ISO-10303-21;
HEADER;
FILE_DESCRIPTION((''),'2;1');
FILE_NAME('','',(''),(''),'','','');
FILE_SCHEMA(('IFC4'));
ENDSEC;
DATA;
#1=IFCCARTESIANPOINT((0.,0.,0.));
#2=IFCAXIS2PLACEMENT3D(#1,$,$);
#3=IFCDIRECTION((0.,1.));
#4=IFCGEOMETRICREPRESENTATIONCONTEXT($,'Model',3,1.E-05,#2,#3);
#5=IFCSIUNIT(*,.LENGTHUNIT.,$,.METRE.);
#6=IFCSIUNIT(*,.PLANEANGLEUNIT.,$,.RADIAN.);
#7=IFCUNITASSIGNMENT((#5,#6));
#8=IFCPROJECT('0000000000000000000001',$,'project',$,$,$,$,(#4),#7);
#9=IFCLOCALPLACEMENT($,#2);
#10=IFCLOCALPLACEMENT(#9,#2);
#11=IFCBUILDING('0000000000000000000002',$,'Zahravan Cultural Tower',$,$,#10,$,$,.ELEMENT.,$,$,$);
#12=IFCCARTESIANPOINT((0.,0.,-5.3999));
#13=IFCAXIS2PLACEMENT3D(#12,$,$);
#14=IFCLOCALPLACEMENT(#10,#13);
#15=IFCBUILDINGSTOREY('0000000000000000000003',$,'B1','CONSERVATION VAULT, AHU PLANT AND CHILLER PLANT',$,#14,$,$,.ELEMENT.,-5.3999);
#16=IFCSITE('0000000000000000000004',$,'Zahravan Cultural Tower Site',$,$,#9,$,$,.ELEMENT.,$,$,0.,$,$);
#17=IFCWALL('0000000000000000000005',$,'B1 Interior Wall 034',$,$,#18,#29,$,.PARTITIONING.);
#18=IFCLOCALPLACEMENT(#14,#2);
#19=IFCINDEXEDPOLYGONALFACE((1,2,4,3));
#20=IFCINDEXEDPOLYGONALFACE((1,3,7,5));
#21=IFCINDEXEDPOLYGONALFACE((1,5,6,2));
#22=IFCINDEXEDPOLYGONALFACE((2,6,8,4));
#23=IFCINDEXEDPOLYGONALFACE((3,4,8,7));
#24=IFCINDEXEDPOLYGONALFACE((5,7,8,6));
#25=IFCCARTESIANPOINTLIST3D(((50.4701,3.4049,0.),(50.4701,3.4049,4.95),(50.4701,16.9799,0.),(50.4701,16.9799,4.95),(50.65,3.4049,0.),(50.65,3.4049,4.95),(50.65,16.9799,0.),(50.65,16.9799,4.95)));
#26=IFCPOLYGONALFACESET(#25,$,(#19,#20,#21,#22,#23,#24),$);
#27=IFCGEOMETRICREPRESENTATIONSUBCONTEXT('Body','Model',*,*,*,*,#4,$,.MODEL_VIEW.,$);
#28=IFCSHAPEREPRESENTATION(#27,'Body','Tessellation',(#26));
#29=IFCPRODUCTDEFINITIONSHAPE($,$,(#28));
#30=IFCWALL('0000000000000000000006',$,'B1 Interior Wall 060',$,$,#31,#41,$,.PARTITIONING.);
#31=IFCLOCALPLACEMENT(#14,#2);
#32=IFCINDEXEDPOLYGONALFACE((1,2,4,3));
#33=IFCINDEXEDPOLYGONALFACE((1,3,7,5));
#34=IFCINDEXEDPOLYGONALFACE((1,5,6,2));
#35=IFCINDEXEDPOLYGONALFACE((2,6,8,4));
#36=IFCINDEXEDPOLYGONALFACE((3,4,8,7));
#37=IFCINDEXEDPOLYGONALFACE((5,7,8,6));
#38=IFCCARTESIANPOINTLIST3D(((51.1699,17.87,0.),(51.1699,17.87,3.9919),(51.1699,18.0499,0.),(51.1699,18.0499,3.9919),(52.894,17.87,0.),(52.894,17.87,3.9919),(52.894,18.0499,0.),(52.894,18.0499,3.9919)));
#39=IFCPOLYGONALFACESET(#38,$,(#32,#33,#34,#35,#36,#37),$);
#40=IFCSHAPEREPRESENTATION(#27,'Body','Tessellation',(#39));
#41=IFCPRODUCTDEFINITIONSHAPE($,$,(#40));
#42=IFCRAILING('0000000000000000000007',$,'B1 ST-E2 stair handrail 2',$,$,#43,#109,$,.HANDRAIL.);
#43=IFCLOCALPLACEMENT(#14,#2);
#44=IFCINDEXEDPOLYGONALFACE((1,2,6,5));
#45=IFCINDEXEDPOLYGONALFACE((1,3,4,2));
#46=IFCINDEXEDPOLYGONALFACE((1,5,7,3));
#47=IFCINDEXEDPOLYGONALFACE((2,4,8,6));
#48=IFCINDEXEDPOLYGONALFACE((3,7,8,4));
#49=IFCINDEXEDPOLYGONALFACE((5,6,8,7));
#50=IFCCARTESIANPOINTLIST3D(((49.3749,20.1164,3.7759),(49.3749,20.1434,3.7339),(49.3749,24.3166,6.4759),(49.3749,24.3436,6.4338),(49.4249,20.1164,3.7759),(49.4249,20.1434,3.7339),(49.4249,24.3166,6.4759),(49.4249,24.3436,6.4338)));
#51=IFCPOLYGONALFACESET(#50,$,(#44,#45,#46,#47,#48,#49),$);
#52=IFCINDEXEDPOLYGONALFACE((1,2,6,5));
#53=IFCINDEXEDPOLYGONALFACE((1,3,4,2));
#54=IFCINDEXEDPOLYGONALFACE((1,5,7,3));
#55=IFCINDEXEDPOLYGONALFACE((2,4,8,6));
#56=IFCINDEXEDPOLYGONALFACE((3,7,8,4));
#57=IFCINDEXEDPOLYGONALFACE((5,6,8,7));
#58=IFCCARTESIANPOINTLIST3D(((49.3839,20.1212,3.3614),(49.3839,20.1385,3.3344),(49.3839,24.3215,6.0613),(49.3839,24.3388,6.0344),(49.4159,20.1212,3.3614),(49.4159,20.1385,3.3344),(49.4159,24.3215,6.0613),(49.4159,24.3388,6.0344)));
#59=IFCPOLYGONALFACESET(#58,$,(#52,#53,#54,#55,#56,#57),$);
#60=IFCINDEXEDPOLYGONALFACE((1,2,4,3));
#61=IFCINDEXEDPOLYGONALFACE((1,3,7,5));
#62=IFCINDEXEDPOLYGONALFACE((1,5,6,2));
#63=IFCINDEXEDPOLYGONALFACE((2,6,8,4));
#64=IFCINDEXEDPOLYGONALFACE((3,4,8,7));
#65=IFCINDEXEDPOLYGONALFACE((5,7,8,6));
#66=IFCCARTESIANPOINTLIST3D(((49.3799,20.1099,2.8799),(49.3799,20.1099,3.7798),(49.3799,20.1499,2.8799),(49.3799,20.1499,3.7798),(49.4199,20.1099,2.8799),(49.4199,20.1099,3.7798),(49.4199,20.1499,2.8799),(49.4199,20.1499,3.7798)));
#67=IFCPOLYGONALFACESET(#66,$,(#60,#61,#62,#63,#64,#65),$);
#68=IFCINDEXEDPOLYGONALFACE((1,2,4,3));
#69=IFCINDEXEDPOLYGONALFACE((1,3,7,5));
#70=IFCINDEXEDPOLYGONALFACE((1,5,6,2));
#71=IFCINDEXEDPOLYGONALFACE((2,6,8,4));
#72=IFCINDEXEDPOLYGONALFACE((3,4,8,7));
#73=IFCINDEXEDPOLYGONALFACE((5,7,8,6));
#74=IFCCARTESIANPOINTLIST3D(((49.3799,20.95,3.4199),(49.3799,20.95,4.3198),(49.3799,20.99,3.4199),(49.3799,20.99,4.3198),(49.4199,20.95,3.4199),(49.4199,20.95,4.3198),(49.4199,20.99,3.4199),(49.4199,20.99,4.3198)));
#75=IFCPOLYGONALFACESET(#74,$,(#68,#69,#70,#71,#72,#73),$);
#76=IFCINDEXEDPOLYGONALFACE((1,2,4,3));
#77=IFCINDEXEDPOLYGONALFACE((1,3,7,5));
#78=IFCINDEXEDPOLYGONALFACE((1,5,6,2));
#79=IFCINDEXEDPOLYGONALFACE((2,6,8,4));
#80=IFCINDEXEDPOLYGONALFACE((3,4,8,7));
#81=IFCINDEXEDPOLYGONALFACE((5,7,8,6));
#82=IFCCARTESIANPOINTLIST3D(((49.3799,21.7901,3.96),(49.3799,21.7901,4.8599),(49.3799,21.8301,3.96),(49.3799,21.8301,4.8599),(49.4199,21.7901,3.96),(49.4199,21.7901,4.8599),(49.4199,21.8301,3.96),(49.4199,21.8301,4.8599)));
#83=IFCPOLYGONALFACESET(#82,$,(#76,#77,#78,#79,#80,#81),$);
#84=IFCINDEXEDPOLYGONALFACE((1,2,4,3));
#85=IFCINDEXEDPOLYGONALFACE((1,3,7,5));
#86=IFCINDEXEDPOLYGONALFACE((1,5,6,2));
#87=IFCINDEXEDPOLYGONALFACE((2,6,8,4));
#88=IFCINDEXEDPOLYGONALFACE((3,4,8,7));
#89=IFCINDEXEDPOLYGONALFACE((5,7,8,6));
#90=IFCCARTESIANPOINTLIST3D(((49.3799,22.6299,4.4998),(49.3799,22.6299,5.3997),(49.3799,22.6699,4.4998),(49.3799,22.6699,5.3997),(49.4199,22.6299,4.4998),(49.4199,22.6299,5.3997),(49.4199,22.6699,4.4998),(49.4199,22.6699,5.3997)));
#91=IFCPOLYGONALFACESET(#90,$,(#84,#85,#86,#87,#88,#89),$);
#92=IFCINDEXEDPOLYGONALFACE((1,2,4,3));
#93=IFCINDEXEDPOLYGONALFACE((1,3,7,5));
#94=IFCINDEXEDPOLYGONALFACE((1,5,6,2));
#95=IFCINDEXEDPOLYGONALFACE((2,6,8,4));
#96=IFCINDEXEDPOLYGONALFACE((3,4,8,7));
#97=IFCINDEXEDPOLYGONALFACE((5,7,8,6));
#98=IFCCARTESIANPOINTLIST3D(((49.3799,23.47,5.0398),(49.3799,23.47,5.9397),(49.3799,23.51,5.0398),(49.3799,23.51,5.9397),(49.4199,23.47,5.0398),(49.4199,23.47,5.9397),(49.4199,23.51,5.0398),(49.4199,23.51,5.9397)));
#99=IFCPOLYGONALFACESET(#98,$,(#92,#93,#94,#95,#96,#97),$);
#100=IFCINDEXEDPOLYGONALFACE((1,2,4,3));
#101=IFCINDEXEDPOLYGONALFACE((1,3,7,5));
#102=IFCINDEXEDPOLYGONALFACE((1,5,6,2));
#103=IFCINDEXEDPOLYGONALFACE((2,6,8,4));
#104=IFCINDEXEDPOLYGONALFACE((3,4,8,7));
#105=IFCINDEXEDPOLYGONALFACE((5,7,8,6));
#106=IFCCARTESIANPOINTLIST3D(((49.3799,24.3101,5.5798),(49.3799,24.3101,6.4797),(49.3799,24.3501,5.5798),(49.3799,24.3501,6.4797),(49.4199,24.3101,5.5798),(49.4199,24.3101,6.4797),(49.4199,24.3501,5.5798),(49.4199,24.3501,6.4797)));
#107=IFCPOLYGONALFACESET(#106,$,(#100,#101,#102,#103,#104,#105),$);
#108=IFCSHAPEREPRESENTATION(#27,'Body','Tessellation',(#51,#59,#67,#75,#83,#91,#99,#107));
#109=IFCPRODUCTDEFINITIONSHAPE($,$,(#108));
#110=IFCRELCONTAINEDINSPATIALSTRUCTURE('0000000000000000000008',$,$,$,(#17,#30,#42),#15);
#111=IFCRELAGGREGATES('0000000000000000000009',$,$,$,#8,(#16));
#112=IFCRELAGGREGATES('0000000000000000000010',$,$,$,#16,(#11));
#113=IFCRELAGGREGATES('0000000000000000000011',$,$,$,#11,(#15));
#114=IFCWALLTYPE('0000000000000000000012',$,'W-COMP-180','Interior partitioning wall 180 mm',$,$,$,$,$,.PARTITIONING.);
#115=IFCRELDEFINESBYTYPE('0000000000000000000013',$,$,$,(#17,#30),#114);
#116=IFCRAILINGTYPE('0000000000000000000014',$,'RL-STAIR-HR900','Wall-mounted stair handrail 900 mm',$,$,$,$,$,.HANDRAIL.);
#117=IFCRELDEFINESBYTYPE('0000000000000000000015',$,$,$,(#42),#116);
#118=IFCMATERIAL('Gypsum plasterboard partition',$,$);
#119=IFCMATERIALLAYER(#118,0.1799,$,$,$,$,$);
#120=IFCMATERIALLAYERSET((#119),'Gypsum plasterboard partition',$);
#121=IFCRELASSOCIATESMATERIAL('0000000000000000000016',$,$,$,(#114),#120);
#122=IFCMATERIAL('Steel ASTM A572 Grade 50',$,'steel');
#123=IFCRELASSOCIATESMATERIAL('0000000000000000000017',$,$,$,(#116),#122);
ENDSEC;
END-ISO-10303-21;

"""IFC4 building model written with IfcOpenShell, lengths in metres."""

from ifc_helpers import new_model, si_unit, direction, frame, frame_2d, origin, origin_2d, place, context, subcontext, project, spatial, rectangle, extrude, source, transform, mapped, material, layer, layer_set, type_object, element, save


model = new_model("IFC4")

# Units and contexts
model_context = context("Model", 3, precision=1e-05, world=origin(), true_north=direction((0.0, 1.0)))
body_context = subcontext(model_context, "Body", "Model", "MODEL_VIEW")
ifc_project = project(units=[si_unit("LENGTHUNIT", "METRE"), si_unit("PLANEANGLEUNIT", "RADIAN")], contexts=[model_context])

# Site, building, storey
site_placement = place(None, origin())
site = spatial("IfcSite", under=ifc_project, at=site_placement, Name="Zahravan Cultural Tower Site", CompositionType="ELEMENT", RefElevation=0.0)
building_placement = place(site_placement, origin())
building = spatial("IfcBuilding", under=site, at=building_placement, Name="Zahravan Cultural Tower", CompositionType="ELEMENT")
storey_placement = place(building_placement, frame((0.0, 0.0, -5.3999)))
storey = spatial("IfcBuildingStorey", under=building, at=storey_placement, Name="B1", Description="CONSERVATION VAULT, AHU PLANT AND CHILLER PLANT", CompositionType="ELEMENT", Elevation=-5.3999)

# Shared definitions
ifc_material_1 = material(Name="Steel ASTM A572 Grade 50", Category="steel")

# Shared definitions
ifc_material_2 = material(Name="Gypsum plasterboard partition")
ifc_layer_1 = layer(ifc_material_2, 0.1799)
ifc_layer_set_1 = layer_set([ifc_layer_1], Name="Gypsum plasterboard partition")
wall_type_1 = type_object("IfcWallType", Name="W-COMP-180", Description="Interior partitioning wall 180 mm", PredefinedType="PARTITIONING", material=ifc_layer_set_1)

# Walls
shared_shape_1 = source(origin(), body_context, "Body", "SweptSolid", [
    extrude(rectangle(XDim=13.575, YDim=0.1799, at=frame_2d((6.7876, 0.0))), origin(), (0.0, 0.0, 1.0), 4.95),
])
wall_1_placement = place(storey_placement, frame((50.5601, 16.98, 0.0), z_axis=(0.0, 0.0, 1.0), x_axis=(0.0, -1.0, 0.0)))
element("IfcWall", 1, at=wall_1_placement, inside=storey, type_object=wall_type_1, Name="B1 Interior Wall 034", PredefinedType="PARTITIONING", context=body_context, shape_type="MappedRepresentation", body=[
    mapped(shared_shape_1, transform((0.0, 0.0, 0.0), x_axis=(1.0, 0.0, 0.0), y_axis=(0.0, 1.0, 0.0), z_axis=(0.0, 0.0, 1.0), scale=1.0)),
])
shared_shape_2 = source(origin(), body_context, "Body", "SweptSolid", [
    extrude(rectangle(XDim=1.7241, YDim=0.1799, at=frame_2d((0.8621, 0.0))), origin(), (0.0, 0.0, 1.0), 3.9919),
])
wall_2_placement = place(storey_placement, frame((51.1699, 17.96, 0.0), z_axis=(0.0, 0.0, 1.0), x_axis=(1.0, 0.0, 0.0)))
element("IfcWall", 2, at=wall_2_placement, inside=storey, type_object=wall_type_1, Name="B1 Interior Wall 060", PredefinedType="PARTITIONING", context=body_context, shape_type="MappedRepresentation", body=[
    mapped(shared_shape_2, transform((0.0, 0.0, 0.0), x_axis=(1.0, 0.0, 0.0), y_axis=(0.0, 1.0, 0.0), z_axis=(0.0, 0.0, 1.0), scale=1.0)),
])

# Railing
railing_type = type_object("IfcRailingType", Name="RL-STAIR-HR900", Description="Wall-mounted stair handrail 900 mm", PredefinedType="HANDRAIL", material=ifc_material_1)
railing_placement = place(storey_placement, frame((49.3999, 20.1299, 2.8799)))
element("IfcRailing", 3, at=railing_placement, inside=storey, type_object=railing_type, Name="B1 ST-E2 stair handrail 2", PredefinedType="HANDRAIL", context=body_context, shape_type="SweptSolid", body=[
    extrude(rectangle(XDim=0.05, YDim=0.05, at=origin_2d()), frame((0.0, 0.0, 0.875), z_axis=(0.0, 0.841194, 0.540733), x_axis=(-1.0, 0.0, 0.0)), (0.0, 0.0, 1.0), 4.9932),
    extrude(rectangle(XDim=0.032, YDim=0.032, at=origin_2d()), frame((0.0, 0.0, 0.468), z_axis=(0.0, 0.841194, 0.540733), x_axis=(-1.0, 0.0, 0.0)), (0.0, 0.0, 1.0), 4.9932),
    extrude(rectangle(XDim=0.04, YDim=0.04, at=origin_2d()), origin(), (0.0, 0.0, 1.0), 0.8999),
    extrude(rectangle(XDim=0.04, YDim=0.04, at=origin_2d()), frame((0.0, 0.8401, 0.54)), (0.0, 0.0, 1.0), 0.8999),
    extrude(rectangle(XDim=0.04, YDim=0.04, at=origin_2d()), frame((0.0, 1.6802, 1.0801)), (0.0, 0.0, 1.0), 0.8999),
    extrude(rectangle(XDim=0.04, YDim=0.04, at=origin_2d()), frame((0.0, 2.52, 1.6199)), (0.0, 0.0, 1.0), 0.8999),
    extrude(rectangle(XDim=0.04, YDim=0.04, at=origin_2d()), frame((0.0, 3.3601, 2.1599)), (0.0, 0.0, 1.0), 0.8999),
    extrude(rectangle(XDim=0.04, YDim=0.04, at=origin_2d()), frame((0.0, 4.2002, 2.7)), (0.0, 0.0, 1.0), 0.8999),
])

save(model, "model.ifc")
